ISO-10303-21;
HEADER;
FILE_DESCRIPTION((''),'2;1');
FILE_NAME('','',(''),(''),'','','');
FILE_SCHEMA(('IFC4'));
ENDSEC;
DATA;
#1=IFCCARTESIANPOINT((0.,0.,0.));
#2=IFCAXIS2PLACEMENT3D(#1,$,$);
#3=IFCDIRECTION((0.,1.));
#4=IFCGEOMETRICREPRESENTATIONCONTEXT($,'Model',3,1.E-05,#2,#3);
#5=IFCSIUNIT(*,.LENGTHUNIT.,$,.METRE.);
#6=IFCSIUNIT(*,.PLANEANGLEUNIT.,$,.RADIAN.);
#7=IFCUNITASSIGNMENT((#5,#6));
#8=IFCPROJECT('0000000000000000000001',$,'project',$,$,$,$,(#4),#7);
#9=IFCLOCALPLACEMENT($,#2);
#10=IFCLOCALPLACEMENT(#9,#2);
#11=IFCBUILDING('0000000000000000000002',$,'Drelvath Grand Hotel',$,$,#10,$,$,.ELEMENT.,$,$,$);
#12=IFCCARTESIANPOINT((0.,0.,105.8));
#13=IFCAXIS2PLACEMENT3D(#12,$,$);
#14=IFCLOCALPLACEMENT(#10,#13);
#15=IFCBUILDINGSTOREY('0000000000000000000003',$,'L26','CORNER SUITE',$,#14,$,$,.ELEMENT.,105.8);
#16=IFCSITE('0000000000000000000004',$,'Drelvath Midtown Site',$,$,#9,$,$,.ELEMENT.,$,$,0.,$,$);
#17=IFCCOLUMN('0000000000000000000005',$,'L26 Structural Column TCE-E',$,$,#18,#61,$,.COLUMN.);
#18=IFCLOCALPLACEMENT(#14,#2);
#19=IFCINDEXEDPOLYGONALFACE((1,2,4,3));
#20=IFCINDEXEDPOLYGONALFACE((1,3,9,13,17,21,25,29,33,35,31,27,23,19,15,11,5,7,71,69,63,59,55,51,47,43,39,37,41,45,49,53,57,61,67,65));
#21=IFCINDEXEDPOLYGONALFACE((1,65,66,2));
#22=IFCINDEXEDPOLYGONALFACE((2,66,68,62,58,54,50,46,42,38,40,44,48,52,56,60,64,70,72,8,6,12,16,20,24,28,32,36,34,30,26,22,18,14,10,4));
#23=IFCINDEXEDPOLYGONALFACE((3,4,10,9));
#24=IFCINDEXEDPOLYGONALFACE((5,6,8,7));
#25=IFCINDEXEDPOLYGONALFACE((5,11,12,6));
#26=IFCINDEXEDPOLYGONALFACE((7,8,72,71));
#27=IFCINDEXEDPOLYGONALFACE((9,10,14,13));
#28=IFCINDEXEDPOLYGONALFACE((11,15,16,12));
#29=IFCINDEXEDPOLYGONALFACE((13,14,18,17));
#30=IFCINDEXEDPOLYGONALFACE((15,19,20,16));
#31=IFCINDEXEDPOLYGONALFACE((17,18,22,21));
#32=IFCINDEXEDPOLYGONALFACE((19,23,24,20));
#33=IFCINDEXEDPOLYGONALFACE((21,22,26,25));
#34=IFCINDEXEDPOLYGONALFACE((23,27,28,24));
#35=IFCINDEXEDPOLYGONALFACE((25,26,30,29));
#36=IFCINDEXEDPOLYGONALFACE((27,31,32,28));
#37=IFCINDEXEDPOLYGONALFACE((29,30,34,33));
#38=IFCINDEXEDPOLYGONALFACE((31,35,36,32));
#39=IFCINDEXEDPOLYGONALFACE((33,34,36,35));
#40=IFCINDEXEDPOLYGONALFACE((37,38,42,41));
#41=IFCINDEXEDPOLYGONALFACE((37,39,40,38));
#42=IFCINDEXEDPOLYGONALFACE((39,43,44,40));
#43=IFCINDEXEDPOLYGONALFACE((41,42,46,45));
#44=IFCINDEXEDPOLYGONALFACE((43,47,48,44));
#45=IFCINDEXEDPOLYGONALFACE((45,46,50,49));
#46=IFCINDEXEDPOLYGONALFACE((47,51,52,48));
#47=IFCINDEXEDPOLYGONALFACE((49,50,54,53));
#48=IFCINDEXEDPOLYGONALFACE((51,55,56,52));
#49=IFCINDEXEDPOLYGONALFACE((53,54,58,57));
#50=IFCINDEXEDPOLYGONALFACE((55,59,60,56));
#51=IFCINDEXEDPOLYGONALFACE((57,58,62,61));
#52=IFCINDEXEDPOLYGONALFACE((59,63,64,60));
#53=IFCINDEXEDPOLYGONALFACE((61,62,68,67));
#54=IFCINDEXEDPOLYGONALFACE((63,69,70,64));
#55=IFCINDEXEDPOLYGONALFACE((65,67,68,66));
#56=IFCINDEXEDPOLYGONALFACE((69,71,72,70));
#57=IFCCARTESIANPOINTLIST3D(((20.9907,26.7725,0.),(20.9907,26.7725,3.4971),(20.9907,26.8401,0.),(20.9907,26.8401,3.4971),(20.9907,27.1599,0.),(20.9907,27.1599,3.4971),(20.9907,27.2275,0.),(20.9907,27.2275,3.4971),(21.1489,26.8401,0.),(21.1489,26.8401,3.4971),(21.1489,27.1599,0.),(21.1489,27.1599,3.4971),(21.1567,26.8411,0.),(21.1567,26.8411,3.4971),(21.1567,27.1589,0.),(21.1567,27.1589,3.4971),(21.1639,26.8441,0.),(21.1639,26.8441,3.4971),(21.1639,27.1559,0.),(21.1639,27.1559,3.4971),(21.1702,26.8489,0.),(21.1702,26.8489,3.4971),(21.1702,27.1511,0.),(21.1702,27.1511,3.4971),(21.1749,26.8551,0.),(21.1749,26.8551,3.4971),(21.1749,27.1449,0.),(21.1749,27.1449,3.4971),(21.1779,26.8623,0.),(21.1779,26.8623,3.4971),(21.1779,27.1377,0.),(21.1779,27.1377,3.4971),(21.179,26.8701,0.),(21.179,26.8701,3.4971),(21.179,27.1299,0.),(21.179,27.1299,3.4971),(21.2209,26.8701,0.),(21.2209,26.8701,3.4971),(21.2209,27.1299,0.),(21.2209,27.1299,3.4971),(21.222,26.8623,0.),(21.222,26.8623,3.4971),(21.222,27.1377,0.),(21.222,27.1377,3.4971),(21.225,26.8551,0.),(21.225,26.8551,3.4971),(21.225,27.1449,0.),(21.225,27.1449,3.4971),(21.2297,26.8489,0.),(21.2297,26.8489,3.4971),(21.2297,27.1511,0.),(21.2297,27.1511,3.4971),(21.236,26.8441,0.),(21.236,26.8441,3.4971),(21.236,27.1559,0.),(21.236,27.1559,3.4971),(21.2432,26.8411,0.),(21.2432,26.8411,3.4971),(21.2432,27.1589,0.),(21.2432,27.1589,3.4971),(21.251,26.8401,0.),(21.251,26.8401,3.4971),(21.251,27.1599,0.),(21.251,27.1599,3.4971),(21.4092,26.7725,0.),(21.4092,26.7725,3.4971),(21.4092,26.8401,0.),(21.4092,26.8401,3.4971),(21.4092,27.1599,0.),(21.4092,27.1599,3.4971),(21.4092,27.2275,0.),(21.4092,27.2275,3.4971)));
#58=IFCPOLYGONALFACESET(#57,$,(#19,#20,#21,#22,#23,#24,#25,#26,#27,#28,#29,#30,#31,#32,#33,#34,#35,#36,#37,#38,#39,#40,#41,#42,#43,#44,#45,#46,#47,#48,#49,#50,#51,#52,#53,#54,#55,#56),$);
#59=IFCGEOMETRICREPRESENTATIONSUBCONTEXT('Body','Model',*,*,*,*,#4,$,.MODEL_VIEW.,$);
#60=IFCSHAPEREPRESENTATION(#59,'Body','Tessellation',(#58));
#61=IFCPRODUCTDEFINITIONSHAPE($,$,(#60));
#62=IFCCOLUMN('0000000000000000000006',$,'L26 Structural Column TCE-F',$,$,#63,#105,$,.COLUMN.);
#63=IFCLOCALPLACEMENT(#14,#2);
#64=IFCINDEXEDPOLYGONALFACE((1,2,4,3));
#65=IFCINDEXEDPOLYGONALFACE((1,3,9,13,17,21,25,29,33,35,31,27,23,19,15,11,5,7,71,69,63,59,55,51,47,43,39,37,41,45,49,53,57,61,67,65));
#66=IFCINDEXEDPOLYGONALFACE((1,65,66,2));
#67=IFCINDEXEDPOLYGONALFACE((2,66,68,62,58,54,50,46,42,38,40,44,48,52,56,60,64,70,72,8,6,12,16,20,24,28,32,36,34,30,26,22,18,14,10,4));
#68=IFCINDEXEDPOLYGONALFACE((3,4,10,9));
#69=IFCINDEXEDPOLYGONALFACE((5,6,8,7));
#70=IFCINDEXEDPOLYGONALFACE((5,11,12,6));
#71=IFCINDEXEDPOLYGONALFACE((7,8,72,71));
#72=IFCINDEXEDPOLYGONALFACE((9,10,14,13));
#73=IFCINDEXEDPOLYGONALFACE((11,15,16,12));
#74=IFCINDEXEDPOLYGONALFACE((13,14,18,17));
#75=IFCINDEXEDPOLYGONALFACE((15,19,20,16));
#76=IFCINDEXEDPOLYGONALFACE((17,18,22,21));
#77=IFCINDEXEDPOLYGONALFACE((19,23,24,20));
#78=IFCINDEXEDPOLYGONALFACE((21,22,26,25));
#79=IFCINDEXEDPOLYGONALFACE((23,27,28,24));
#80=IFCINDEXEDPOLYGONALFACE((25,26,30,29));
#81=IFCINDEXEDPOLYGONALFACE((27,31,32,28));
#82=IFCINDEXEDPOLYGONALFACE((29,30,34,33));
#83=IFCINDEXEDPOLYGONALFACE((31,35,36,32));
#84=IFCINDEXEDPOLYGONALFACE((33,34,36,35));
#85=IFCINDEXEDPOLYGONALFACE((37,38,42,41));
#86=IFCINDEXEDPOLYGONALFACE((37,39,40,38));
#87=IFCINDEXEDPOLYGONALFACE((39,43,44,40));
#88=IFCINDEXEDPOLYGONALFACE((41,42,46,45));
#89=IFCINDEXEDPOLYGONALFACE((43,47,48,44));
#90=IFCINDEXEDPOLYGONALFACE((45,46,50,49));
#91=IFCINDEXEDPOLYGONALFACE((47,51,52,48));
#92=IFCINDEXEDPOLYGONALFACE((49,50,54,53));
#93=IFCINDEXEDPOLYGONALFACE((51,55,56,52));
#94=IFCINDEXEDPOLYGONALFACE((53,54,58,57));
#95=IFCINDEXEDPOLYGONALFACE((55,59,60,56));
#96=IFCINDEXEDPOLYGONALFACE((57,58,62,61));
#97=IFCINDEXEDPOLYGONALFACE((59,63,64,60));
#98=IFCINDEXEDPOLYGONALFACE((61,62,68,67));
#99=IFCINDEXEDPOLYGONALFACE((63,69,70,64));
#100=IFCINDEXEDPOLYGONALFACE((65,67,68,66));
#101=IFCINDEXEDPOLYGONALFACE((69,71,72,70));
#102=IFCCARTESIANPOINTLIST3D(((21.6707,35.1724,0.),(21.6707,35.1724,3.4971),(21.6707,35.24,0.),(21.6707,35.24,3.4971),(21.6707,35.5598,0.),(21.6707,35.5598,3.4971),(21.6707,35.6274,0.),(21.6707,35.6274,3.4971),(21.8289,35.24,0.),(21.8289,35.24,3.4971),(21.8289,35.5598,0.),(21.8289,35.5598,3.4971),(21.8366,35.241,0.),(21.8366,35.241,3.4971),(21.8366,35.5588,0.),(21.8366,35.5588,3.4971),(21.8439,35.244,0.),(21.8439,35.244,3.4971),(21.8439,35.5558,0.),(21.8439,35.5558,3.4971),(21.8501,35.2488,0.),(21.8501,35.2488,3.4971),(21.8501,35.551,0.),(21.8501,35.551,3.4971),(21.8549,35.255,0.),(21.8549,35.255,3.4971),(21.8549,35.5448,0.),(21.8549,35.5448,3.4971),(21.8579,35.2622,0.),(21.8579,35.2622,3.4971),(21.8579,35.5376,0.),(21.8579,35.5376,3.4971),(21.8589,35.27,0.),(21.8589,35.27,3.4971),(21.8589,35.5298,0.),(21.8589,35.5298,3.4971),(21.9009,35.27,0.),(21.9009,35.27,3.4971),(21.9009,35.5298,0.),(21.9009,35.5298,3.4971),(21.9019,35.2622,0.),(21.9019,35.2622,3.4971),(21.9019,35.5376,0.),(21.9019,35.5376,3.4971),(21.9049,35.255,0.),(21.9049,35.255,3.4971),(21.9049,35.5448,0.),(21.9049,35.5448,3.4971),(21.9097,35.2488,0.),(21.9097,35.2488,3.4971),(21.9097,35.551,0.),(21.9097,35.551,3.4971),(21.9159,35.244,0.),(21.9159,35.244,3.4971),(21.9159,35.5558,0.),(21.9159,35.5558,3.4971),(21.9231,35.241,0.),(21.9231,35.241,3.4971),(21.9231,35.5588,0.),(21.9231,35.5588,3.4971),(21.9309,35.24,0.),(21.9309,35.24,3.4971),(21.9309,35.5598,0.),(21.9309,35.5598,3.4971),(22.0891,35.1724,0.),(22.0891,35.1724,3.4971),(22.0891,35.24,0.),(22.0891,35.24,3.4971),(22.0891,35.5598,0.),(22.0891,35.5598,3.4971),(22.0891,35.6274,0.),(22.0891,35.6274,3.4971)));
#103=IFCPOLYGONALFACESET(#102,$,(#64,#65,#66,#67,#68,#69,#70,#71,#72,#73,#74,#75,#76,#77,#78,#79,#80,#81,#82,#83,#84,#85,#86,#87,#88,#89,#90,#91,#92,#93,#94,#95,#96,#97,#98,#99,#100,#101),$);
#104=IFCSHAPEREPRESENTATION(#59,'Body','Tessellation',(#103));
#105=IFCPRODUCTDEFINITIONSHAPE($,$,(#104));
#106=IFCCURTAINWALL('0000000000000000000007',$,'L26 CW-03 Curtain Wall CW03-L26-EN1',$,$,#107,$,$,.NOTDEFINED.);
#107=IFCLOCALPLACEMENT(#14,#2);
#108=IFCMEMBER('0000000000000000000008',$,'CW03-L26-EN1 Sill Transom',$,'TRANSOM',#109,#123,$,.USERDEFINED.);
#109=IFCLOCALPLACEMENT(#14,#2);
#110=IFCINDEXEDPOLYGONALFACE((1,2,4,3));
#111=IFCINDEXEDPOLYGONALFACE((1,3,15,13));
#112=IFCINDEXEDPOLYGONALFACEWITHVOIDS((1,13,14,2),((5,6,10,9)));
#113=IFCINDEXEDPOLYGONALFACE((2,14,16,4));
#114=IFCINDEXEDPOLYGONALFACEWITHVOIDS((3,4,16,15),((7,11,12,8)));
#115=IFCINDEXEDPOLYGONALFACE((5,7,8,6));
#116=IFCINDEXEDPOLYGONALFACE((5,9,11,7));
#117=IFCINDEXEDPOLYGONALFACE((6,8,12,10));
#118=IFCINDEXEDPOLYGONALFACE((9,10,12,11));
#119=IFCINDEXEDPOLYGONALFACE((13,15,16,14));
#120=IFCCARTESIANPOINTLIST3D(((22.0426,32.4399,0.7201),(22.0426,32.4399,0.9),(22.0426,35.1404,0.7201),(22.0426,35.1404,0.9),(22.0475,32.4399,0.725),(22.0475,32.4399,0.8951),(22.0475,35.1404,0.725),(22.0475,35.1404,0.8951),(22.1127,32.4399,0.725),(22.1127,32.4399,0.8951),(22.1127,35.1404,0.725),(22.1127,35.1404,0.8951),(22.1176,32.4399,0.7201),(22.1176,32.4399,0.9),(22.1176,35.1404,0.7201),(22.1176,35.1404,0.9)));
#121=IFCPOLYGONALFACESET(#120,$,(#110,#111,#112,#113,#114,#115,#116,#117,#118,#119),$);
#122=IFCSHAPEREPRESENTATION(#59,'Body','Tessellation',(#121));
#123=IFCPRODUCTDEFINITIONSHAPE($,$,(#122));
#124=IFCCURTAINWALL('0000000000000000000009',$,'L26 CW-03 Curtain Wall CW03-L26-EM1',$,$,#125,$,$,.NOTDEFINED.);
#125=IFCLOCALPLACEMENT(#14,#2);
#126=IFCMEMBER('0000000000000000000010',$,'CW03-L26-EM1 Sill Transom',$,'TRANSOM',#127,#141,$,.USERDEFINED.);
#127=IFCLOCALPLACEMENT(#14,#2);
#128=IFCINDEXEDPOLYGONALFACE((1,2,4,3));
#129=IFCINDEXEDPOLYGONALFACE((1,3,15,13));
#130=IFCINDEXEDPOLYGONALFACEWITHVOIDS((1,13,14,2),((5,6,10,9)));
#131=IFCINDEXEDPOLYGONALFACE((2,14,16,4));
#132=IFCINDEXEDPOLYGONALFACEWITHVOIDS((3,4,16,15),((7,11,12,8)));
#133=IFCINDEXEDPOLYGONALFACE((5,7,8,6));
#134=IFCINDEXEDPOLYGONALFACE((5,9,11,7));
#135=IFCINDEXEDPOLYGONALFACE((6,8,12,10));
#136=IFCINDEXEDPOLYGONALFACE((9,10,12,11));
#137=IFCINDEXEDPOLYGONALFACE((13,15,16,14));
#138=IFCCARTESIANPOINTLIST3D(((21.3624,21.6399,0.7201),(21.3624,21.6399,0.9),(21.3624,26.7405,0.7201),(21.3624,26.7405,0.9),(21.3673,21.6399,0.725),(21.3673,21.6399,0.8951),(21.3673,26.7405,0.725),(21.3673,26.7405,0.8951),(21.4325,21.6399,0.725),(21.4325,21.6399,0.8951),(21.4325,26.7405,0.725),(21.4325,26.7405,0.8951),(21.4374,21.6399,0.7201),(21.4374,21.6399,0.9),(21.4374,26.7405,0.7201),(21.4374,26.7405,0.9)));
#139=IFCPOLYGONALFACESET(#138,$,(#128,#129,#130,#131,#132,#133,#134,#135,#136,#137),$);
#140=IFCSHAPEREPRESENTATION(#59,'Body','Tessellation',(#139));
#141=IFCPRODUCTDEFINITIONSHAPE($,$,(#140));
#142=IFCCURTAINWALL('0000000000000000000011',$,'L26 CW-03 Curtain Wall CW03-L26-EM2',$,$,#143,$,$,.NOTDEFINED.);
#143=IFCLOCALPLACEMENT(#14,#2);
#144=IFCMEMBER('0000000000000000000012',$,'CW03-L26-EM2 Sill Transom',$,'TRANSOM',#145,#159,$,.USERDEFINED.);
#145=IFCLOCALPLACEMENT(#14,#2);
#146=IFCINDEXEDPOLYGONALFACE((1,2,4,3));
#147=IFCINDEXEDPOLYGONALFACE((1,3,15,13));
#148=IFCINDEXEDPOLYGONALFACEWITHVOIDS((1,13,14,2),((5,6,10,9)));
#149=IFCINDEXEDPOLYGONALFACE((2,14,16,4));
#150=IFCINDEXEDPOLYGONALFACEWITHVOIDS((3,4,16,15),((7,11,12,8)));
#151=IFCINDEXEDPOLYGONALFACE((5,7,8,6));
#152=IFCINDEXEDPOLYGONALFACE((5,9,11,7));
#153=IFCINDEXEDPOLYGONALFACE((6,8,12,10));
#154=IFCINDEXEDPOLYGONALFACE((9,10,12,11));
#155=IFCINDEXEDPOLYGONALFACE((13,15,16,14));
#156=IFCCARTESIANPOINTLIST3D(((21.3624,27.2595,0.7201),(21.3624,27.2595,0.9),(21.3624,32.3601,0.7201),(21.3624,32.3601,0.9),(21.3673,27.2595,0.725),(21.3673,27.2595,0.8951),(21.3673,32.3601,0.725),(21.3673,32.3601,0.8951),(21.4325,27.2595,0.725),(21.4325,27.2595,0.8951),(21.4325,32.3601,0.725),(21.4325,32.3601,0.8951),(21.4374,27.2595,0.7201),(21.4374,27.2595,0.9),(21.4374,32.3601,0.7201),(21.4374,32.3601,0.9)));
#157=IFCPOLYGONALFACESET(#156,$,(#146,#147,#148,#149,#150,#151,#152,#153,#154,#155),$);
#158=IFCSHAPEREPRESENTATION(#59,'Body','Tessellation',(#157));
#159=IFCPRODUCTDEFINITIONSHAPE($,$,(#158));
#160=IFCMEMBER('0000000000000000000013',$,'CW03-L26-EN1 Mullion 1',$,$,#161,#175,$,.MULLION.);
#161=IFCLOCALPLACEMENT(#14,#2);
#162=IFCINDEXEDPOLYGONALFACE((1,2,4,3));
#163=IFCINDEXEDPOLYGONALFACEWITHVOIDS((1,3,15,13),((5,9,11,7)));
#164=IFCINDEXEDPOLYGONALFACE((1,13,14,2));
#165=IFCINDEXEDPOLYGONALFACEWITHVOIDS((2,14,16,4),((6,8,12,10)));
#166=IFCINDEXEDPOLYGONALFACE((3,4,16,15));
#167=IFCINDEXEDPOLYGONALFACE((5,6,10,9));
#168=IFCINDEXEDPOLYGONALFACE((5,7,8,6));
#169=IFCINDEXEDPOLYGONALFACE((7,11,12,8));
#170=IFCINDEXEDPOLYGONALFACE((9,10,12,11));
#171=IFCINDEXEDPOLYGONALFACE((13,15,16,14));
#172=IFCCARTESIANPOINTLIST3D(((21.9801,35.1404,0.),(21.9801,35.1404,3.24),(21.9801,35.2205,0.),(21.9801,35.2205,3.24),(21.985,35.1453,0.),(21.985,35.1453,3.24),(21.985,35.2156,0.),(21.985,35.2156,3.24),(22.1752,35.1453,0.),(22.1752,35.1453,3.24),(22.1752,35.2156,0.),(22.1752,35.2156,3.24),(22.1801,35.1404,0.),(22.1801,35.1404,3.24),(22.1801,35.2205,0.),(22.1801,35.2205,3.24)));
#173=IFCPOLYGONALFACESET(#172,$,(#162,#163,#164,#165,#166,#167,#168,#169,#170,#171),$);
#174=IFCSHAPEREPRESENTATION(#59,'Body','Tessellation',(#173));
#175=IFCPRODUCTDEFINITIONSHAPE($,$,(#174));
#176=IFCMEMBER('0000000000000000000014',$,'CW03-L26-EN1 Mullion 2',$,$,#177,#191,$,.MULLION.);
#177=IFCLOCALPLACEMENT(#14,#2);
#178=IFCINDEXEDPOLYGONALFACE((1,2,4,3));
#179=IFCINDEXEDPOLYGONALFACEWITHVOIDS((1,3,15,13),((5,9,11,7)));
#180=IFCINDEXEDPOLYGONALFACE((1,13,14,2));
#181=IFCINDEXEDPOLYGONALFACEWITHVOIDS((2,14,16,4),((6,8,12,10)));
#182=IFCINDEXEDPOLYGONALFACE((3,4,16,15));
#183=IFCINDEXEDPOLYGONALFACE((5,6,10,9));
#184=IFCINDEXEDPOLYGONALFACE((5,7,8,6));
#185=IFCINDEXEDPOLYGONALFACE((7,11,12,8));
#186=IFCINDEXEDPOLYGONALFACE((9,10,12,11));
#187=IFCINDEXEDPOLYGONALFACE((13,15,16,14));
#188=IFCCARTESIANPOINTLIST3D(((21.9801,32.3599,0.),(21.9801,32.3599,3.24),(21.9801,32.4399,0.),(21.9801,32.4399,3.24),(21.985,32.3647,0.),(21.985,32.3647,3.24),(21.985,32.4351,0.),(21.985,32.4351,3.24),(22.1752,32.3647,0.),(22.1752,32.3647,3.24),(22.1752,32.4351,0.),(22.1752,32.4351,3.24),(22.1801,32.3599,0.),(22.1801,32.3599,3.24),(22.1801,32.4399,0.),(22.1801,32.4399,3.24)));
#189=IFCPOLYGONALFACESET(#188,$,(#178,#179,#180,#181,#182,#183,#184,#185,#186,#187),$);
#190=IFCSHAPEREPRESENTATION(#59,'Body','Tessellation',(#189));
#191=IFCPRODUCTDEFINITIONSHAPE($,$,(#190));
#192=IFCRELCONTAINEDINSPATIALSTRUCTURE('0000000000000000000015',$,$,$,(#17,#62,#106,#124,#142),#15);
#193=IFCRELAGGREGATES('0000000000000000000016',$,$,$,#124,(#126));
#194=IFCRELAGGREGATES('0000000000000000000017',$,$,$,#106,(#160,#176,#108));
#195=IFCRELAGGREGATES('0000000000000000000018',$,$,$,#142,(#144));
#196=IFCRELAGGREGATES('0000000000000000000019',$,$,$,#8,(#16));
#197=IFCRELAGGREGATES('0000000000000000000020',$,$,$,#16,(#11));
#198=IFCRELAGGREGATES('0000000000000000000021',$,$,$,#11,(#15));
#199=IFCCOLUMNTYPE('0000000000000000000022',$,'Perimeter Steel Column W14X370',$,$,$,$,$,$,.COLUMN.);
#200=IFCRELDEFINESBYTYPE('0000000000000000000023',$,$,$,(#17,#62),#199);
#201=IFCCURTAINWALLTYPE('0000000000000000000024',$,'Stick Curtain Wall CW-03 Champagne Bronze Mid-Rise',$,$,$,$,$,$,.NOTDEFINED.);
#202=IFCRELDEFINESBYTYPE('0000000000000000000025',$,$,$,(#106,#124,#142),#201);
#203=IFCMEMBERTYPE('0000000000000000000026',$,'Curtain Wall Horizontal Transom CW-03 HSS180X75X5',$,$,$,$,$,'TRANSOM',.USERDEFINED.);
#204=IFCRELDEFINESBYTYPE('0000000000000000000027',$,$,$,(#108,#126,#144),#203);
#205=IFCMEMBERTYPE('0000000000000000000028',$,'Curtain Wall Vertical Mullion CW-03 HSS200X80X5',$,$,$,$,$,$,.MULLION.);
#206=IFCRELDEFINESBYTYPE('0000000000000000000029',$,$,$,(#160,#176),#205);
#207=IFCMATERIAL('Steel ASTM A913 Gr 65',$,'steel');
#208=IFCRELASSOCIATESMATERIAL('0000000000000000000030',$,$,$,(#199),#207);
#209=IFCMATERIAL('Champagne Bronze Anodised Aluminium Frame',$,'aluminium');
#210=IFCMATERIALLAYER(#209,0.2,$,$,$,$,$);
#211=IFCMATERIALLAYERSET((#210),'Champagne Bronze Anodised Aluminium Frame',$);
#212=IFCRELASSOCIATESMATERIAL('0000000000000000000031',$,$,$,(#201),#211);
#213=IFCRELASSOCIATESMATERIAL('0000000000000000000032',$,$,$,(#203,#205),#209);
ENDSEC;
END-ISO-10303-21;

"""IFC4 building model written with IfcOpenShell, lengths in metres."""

from ifc_helpers import new_model, si_unit, direction, frame, origin, origin_2d, place, context, subcontext, project, spatial, hollow_rectangle, i_section, extrude, material, layer, layer_set, material_profile, profile_set, type_object, element, aggregate, save


model = new_model("IFC4")

# Units and contexts
model_context = context("Model", 3, precision=1e-05, world=origin(), true_north=direction((0.0, 1.0)))
body_context = subcontext(model_context, "Body", "Model", "MODEL_VIEW")
ifc_project = project(units=[si_unit("LENGTHUNIT", "METRE"), si_unit("PLANEANGLEUNIT", "RADIAN")], contexts=[model_context])

# Site, building, storey
site_placement = place(None, origin())
site = spatial("IfcSite", under=ifc_project, at=site_placement, Name="Drelvath Midtown Site", CompositionType="ELEMENT", RefElevation=0.0)
building_placement = place(site_placement, origin())
building = spatial("IfcBuilding", under=site, at=building_placement, Name="Drelvath Grand Hotel", CompositionType="ELEMENT")
storey_placement = place(building_placement, frame((0.0, 0.0, 105.8)))
storey = spatial("IfcBuildingStorey", under=building, at=storey_placement, Name="L26", Description="CORNER SUITE", CompositionType="ELEMENT", Elevation=105.8)

# Columns
ifc_material_1 = material(Name="Steel ASTM A913 Gr 65", Category="steel")
ifc_material_profile_1 = material_profile(ifc_material_1, i_section(OverallWidth=0.4185, OverallDepth=0.4551, WebThickness=0.042, FlangeThickness=0.0676, FilletRadius=0.03, at=origin_2d()), Name="W14X370")
ifc_profile_set_1 = profile_set([ifc_material_profile_1], Name="Steel ASTM A913 Gr 65")
column_type = type_object("IfcColumnType", Name="Perimeter Steel Column W14X370", PredefinedType="COLUMN", material=ifc_profile_set_1)
for number, where, z_axis, x_axis, name in (
    (1, (21.2, 27.0, 0.0), (0.0, 0.0, 1.0), (1.0, 0.0, 0.0), "L26 Structural Column TCE-E"),
    (2, (21.8799, 35.3999, 0.0), (0.0, 0.0, 1.0), (1.0, 0.0, 0.0), "L26 Structural Column TCE-F"),
):
    element("IfcColumn", number, at=place(storey_placement, frame(where, z_axis=z_axis, x_axis=x_axis)), inside=storey, type_object=column_type, Name=name, PredefinedType="COLUMN", context=body_context, shape_type="SweptSolid", body=[
        extrude(i_section(OverallWidth=0.4185, OverallDepth=0.4551, WebThickness=0.042, FlangeThickness=0.0676, FilletRadius=0.03, at=origin_2d()), origin(), (0.0, 0.0, 1.0), 3.4971),
    ])

# Curtain walls, members
ifc_material_2 = material(Name="Champagne Bronze Anodised Aluminium Frame", Category="aluminium")
ifc_layer_1 = layer(ifc_material_2, 0.2)
ifc_layer_set_1 = layer_set([ifc_layer_1], Name="Champagne Bronze Anodised Aluminium Frame")
curtain_wall_type = type_object("IfcCurtainWallType", Name="Stick Curtain Wall CW-03 Champagne Bronze Mid-Rise", PredefinedType="NOTDEFINED", material=ifc_layer_set_1)
curtain_wall_1_placement = place(storey_placement, origin())
curtain_wall_1 = element("IfcCurtainWall", 3, at=curtain_wall_1_placement, inside=storey, type_object=curtain_wall_type, Name="L26 CW-03 Curtain Wall CW03-L26-EN1", PredefinedType="NOTDEFINED")
ifc_material_profile_2 = material_profile(ifc_material_2, hollow_rectangle(XDim=0.075, YDim=0.1799, WallThickness=0.0049, at=origin_2d()), Name="HSS180X75X5")
ifc_profile_set_2 = profile_set([ifc_material_profile_2], Name="Champagne Bronze Anodised Aluminium Frame")
member_type_1 = type_object("IfcMemberType", Name="Curtain Wall Horizontal Transom CW-03 HSS180X75X5", ElementType="TRANSOM", PredefinedType="USERDEFINED", material=ifc_profile_set_2)
member_1_placement = place(storey_placement, frame((22.0801, 35.1404, 0.8101), z_axis=(0.0, -1.0, 0.0), x_axis=(1.0, 0.0, 0.0)))
member_1 = element("IfcMember", 4, at=member_1_placement, type_object=member_type_1, Name="CW03-L26-EN1 Sill Transom", ObjectType="TRANSOM", PredefinedType="USERDEFINED", context=body_context, shape_type="SweptSolid", body=[
    extrude(hollow_rectangle(XDim=0.075, YDim=0.1799, WallThickness=0.0049, at=origin_2d()), origin(), (0.0, 0.0, 1.0), 2.7004),
])
curtain_wall_2_placement = place(storey_placement, origin())
curtain_wall_2 = element("IfcCurtainWall", 5, at=curtain_wall_2_placement, inside=storey, type_object=curtain_wall_type, Name="L26 CW-03 Curtain Wall CW03-L26-EM1", PredefinedType="NOTDEFINED")
member_2_placement = place(storey_placement, frame((21.3999, 26.7405, 0.8101), z_axis=(0.0, -1.0, 0.0), x_axis=(1.0, 0.0, 0.0)))
member_2 = element("IfcMember", 6, at=member_2_placement, type_object=member_type_1, Name="CW03-L26-EM1 Sill Transom", ObjectType="TRANSOM", PredefinedType="USERDEFINED", context=body_context, shape_type="SweptSolid", body=[
    extrude(hollow_rectangle(XDim=0.075, YDim=0.1799, WallThickness=0.0049, at=origin_2d()), origin(), (0.0, 0.0, 1.0), 5.1006),
])
curtain_wall_3_placement = place(storey_placement, origin())
curtain_wall_3 = element("IfcCurtainWall", 7, at=curtain_wall_3_placement, inside=storey, type_object=curtain_wall_type, Name="L26 CW-03 Curtain Wall CW03-L26-EM2", PredefinedType="NOTDEFINED")
member_3_placement = place(storey_placement, frame((21.3999, 32.3601, 0.8101), z_axis=(0.0, -1.0, 0.0), x_axis=(1.0, 0.0, 0.0)))
member_3 = element("IfcMember", 8, at=member_3_placement, type_object=member_type_1, Name="CW03-L26-EM2 Sill Transom", ObjectType="TRANSOM", PredefinedType="USERDEFINED", context=body_context, shape_type="SweptSolid", body=[
    extrude(hollow_rectangle(XDim=0.075, YDim=0.1799, WallThickness=0.0049, at=origin_2d()), origin(), (0.0, 0.0, 1.0), 5.1006),
])

# Members
ifc_material_profile_3 = material_profile(ifc_material_2, hollow_rectangle(XDim=0.0801, YDim=0.2, WallThickness=0.0049, at=origin_2d()), Name="HSS200X80X5")
ifc_profile_set_3 = profile_set([ifc_material_profile_3], Name="Champagne Bronze Anodised Aluminium Frame")
member_type_2 = type_object("IfcMemberType", Name="Curtain Wall Vertical Mullion CW-03 HSS200X80X5", PredefinedType="MULLION", material=ifc_profile_set_3)
member_4_placement = place(storey_placement, frame((22.0801, 35.1804, 0.0), z_axis=(0.0, 0.0, 1.0), x_axis=(0.0, 1.0, 0.0)))
member_4 = element("IfcMember", 9, at=member_4_placement, type_object=member_type_2, Name="CW03-L26-EN1 Mullion 1", PredefinedType="MULLION", context=body_context, shape_type="SweptSolid", body=[
    extrude(hollow_rectangle(XDim=0.0801, YDim=0.2, WallThickness=0.0049, at=origin_2d()), origin(), (0.0, 0.0, 1.0), 3.24),
])
member_5_placement = place(storey_placement, frame((22.0801, 32.3999, 0.0), z_axis=(0.0, 0.0, 1.0), x_axis=(0.0, 1.0, 0.0)))
member_5 = element("IfcMember", 10, at=member_5_placement, type_object=member_type_2, Name="CW03-L26-EN1 Mullion 2", PredefinedType="MULLION", context=body_context, shape_type="SweptSolid", body=[
    extrude(hollow_rectangle(XDim=0.0801, YDim=0.2, WallThickness=0.0049, at=origin_2d()), origin(), (0.0, 0.0, 1.0), 3.24),
])

aggregate(curtain_wall_2, [member_2])

aggregate(curtain_wall_1, [member_4, member_5, member_1])
aggregate(curtain_wall_3, [member_3])

save(model, "model.ifc")
